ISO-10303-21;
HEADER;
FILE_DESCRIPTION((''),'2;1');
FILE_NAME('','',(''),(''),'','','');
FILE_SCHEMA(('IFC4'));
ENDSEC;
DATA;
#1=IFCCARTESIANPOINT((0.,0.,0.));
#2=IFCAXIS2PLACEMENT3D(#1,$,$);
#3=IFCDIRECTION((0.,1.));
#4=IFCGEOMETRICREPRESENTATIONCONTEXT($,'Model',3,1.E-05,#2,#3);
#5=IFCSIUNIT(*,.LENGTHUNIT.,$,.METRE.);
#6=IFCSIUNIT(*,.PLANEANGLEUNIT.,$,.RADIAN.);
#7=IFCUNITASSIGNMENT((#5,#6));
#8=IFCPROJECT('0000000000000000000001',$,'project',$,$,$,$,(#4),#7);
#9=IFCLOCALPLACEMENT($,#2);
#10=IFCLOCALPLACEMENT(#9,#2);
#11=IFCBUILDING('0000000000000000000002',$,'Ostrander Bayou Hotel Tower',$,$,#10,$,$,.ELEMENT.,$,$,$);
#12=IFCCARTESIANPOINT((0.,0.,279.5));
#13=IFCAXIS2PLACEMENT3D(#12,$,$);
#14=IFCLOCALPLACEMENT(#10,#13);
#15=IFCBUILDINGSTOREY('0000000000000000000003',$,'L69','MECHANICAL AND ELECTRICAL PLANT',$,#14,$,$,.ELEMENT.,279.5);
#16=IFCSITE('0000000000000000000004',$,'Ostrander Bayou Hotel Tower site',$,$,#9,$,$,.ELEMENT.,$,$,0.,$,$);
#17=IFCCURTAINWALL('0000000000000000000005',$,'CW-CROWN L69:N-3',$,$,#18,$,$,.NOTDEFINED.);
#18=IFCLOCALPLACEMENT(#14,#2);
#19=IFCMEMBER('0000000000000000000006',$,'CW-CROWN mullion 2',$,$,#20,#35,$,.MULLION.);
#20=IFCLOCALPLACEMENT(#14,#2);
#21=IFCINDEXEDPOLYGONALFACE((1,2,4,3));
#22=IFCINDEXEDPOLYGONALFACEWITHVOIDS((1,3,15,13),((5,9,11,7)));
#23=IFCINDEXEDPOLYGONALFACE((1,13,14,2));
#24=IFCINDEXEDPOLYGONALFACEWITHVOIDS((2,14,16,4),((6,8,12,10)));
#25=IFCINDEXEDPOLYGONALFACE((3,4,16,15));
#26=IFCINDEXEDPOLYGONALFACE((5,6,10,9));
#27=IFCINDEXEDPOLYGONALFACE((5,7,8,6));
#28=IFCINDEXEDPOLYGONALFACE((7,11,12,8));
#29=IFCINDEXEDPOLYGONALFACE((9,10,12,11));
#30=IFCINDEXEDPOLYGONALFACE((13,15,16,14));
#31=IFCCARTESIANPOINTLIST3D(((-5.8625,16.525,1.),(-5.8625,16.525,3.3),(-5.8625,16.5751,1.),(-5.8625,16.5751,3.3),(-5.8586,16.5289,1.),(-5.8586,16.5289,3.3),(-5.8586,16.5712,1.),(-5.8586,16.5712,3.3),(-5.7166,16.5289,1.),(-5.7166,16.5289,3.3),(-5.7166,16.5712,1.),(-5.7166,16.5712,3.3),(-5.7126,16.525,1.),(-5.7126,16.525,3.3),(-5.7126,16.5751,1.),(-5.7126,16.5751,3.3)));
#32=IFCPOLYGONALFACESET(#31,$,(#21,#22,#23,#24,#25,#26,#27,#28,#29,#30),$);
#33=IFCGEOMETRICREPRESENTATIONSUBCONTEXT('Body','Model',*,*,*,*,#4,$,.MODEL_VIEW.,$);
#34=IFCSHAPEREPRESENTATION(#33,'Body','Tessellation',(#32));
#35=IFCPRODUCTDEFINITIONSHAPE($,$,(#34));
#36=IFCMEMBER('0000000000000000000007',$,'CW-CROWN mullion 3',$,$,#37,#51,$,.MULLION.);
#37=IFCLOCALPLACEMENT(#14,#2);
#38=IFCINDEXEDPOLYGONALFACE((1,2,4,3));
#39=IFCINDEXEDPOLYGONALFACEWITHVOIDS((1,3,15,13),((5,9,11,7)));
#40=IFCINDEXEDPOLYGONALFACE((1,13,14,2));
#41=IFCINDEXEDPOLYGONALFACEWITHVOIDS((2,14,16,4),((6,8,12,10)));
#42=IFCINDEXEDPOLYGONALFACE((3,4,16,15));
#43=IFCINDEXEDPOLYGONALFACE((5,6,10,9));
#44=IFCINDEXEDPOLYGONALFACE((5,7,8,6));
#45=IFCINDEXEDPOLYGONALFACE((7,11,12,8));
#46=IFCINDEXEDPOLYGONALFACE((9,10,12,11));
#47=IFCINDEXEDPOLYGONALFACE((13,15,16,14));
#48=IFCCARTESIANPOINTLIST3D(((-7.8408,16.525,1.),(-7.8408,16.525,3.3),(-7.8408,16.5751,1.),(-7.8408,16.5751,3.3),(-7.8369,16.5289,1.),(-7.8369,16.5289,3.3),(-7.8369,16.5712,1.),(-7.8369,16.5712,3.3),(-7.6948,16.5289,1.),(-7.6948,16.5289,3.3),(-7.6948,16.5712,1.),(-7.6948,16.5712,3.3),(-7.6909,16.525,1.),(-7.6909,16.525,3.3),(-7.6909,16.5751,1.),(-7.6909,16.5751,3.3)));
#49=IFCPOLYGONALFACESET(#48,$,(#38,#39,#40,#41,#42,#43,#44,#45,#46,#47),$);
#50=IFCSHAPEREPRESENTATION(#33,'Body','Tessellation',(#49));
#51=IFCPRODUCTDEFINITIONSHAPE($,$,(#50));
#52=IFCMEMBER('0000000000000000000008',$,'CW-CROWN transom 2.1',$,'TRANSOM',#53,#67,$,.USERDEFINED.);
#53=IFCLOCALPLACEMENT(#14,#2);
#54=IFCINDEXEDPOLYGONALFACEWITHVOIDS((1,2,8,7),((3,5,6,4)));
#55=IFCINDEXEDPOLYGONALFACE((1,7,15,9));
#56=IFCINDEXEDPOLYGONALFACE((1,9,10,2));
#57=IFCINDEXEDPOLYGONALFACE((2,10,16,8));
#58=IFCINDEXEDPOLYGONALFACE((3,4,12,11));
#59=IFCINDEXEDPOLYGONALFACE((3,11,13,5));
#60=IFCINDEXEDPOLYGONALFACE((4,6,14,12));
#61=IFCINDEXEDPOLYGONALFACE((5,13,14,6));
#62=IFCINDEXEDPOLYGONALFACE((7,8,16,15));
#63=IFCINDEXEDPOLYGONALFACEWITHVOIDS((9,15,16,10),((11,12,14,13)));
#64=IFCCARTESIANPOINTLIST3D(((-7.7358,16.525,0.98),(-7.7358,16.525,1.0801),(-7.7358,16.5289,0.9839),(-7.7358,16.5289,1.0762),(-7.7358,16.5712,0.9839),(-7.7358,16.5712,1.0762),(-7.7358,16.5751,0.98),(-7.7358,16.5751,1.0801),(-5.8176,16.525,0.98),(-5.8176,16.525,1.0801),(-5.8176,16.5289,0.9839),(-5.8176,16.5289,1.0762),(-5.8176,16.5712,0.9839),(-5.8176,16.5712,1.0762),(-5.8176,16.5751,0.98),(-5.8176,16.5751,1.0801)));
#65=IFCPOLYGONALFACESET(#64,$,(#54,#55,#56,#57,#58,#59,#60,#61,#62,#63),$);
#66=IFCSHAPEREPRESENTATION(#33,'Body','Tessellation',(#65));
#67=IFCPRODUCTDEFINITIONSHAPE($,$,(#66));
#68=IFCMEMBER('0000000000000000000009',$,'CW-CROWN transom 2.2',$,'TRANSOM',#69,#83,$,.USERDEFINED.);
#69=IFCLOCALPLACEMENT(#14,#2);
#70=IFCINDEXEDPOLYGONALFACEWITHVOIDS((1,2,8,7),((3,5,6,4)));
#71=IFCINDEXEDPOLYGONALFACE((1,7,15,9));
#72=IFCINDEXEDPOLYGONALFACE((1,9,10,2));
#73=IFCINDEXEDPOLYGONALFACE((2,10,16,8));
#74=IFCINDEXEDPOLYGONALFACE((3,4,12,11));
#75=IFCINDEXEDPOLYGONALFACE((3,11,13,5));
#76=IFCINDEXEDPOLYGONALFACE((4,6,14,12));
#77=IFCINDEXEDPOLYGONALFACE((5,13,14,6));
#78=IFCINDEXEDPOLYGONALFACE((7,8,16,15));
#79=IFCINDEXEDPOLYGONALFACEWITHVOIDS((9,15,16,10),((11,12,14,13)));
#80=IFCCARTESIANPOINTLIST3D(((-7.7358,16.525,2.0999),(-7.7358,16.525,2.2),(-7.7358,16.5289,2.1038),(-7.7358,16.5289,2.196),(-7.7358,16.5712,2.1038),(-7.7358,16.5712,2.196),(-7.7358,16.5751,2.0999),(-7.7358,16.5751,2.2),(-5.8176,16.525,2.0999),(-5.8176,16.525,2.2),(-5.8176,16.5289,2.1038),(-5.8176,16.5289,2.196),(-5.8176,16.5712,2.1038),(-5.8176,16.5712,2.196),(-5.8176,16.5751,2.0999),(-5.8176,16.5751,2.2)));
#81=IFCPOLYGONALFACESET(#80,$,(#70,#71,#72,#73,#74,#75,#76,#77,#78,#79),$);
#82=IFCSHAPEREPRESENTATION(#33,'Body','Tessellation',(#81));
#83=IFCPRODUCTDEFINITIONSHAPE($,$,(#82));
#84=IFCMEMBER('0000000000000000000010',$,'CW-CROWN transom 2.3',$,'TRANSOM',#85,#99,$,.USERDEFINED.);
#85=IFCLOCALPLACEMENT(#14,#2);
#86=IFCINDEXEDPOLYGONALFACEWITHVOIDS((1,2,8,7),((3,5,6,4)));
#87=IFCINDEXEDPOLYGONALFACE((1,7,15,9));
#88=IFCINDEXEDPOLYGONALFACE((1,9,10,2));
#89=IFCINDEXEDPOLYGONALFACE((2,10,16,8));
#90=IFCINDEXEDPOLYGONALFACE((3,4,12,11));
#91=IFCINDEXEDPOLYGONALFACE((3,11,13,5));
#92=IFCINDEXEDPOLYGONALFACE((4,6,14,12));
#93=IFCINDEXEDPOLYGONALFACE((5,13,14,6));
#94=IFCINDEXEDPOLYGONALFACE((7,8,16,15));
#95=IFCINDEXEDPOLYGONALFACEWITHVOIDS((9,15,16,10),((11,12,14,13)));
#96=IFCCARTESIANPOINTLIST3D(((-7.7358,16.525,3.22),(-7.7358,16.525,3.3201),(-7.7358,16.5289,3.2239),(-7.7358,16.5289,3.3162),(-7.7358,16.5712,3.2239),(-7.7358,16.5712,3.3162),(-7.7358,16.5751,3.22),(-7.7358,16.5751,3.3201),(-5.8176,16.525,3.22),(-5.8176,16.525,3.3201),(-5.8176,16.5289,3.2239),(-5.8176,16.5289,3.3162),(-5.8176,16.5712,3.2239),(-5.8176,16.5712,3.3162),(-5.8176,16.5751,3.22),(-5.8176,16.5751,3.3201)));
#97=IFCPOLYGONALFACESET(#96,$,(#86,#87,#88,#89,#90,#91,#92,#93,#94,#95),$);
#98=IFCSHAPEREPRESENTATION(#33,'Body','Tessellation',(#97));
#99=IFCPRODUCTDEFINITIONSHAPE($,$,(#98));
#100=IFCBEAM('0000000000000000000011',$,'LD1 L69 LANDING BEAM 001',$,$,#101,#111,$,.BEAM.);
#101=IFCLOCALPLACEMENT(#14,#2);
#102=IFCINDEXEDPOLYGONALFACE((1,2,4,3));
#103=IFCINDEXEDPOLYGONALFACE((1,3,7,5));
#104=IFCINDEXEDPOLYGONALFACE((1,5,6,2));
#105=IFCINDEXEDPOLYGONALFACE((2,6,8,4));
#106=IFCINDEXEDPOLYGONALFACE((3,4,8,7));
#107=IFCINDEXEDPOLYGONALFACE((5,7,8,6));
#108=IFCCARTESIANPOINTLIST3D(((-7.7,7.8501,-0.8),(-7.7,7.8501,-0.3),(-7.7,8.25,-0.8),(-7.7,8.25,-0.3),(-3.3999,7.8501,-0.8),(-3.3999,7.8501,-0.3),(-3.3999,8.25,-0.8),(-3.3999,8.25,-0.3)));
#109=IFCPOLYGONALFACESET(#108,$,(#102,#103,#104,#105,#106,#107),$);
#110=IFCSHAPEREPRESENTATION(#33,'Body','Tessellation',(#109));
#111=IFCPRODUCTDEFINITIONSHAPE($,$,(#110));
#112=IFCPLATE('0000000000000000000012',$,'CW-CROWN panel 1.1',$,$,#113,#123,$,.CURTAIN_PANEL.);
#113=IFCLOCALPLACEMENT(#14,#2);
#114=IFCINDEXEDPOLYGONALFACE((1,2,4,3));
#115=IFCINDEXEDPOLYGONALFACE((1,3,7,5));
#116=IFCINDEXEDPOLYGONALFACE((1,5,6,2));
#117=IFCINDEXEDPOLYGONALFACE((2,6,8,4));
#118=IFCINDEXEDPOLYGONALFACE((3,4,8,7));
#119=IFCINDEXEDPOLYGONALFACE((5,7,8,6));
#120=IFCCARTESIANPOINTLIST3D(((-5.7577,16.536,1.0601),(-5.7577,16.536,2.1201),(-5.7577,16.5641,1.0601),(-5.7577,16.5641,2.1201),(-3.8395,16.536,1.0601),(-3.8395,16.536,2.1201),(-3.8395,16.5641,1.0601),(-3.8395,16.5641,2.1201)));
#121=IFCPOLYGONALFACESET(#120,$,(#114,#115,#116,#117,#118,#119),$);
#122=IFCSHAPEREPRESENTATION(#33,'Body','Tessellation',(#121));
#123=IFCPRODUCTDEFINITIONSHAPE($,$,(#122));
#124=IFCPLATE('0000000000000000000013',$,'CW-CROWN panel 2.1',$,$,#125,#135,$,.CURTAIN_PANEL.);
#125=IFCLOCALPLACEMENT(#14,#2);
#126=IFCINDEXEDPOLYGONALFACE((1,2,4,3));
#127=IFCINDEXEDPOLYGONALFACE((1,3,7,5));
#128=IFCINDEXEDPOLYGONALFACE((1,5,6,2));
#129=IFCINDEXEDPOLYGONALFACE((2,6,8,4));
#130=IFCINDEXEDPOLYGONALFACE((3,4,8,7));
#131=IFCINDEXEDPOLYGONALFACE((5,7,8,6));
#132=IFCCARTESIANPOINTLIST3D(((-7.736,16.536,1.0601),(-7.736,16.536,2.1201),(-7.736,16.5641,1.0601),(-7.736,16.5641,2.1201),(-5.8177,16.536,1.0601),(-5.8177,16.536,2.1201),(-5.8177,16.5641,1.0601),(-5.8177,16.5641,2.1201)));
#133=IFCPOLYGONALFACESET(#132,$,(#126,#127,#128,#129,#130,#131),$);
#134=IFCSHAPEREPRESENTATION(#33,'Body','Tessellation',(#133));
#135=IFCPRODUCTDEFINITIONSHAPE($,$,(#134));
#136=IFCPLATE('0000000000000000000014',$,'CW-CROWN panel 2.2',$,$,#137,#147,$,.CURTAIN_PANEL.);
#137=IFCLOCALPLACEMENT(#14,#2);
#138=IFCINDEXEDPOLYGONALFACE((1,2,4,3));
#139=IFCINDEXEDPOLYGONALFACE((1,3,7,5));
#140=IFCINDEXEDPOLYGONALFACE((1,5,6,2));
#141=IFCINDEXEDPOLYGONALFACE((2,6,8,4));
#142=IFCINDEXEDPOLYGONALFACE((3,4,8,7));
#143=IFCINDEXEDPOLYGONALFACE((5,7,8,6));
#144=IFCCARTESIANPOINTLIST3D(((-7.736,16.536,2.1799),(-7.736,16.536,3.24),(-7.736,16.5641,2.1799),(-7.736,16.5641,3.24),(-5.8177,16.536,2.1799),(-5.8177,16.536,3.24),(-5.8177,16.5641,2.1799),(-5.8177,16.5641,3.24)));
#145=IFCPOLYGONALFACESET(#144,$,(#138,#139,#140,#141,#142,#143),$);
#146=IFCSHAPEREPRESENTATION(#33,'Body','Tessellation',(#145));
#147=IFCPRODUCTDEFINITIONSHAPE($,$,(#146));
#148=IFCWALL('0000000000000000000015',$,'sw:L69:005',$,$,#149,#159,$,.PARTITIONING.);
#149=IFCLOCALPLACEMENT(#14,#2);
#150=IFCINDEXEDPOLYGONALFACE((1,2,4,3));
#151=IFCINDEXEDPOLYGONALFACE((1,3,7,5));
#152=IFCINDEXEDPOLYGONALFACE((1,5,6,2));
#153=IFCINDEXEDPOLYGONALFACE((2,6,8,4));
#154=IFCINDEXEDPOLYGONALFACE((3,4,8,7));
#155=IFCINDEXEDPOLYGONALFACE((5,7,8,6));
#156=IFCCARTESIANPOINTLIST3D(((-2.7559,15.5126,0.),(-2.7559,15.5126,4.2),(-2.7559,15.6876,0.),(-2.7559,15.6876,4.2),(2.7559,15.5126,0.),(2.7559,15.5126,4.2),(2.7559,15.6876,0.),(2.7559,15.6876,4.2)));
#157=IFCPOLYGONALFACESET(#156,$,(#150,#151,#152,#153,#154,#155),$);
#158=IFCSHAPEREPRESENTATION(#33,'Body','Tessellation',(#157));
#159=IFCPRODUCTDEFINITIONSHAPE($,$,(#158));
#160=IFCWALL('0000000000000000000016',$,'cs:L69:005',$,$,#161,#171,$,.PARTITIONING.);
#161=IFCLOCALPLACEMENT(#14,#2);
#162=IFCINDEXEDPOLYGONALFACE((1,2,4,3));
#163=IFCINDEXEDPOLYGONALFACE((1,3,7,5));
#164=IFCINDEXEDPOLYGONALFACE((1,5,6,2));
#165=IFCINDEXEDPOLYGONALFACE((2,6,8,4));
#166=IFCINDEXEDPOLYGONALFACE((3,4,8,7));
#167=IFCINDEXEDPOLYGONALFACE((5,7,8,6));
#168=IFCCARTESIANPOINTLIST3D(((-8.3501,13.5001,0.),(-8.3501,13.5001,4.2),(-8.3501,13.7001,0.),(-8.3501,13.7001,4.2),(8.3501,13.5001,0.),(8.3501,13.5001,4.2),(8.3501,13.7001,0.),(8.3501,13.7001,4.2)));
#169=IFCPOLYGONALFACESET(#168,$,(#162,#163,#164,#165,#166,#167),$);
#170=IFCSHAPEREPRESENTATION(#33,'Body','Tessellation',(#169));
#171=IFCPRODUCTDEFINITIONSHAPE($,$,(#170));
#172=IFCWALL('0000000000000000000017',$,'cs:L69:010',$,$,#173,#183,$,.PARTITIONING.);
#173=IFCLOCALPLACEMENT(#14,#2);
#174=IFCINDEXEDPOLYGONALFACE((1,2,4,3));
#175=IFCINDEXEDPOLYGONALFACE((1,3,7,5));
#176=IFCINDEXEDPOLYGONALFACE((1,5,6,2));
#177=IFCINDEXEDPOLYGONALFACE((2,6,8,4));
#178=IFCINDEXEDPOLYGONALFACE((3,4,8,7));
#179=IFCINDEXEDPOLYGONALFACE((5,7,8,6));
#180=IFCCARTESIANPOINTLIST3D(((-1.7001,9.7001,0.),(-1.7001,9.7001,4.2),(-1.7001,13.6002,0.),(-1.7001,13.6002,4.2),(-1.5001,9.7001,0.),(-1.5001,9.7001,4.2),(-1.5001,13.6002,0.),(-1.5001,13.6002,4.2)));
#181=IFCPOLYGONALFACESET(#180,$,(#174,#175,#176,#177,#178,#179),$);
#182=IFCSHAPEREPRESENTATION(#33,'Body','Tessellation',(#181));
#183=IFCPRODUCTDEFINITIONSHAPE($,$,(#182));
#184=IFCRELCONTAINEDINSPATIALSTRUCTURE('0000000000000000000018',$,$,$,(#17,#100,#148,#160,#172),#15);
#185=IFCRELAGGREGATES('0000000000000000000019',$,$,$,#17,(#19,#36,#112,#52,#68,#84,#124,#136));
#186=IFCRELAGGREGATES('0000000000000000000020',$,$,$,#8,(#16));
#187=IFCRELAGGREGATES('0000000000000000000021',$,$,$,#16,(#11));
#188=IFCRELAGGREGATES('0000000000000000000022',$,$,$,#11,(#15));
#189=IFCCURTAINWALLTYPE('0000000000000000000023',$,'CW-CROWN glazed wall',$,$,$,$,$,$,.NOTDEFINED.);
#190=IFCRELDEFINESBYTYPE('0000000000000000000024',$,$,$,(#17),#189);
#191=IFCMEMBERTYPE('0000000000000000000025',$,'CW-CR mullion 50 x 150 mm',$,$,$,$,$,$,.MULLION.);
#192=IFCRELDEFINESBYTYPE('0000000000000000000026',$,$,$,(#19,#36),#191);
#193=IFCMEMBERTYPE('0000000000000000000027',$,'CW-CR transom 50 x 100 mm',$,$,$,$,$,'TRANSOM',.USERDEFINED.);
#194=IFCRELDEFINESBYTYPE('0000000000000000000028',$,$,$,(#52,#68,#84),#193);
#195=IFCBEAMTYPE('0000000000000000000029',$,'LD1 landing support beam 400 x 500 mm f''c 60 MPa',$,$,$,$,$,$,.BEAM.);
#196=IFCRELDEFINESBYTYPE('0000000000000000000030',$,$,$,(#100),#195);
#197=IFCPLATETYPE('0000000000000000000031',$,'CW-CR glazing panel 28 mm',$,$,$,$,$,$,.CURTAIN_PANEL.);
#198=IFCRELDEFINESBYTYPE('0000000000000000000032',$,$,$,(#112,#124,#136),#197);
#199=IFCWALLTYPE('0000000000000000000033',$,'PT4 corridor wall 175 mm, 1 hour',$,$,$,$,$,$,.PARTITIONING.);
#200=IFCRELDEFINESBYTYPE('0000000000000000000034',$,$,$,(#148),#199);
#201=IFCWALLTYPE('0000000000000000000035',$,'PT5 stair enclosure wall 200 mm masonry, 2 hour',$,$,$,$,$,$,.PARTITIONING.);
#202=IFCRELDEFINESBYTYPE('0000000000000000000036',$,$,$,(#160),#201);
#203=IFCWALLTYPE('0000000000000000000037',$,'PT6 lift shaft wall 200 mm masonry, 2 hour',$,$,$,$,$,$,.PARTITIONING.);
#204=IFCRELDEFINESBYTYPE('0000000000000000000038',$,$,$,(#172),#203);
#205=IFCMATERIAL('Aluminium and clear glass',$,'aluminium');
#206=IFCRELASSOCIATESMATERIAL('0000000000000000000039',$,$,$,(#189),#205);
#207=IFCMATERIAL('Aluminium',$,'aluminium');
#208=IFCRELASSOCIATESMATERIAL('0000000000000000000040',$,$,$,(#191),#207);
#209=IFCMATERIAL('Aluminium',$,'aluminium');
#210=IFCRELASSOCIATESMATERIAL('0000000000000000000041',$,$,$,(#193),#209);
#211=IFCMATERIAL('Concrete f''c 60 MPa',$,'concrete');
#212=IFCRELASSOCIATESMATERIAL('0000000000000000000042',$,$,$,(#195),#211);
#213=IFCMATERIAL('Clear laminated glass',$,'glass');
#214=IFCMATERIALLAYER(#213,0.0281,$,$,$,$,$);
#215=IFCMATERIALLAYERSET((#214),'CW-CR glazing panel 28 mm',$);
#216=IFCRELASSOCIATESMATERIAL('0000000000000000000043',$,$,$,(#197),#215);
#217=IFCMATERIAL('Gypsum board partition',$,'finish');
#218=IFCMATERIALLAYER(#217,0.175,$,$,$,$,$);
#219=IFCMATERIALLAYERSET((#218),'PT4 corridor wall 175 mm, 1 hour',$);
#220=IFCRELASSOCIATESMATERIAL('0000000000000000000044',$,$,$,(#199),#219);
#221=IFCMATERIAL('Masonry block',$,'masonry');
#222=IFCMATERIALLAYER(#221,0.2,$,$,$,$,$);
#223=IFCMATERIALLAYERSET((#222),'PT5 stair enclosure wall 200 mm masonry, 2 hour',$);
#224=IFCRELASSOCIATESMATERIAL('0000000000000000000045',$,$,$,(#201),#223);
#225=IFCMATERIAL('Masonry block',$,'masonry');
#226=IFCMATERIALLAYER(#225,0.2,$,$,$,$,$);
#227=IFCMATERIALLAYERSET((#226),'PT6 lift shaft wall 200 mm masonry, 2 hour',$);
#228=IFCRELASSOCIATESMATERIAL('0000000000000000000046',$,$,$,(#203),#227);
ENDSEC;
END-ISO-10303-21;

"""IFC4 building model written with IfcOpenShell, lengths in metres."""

from ifc_helpers import new_model, si_unit, direction, frame, frame_2d, origin, origin_2d, place, context, subcontext, project, spatial, rectangle, hollow_rectangle, extrude, material, layer, layer_set, material_profile, profile_set, type_object, element, aggregate, save


model = new_model("IFC4")

# Units and contexts
model_context = context("Model", 3, precision=1e-05, world=origin(), true_north=direction((0.0, 1.0)))
body_context = subcontext(model_context, "Body", "Model", "MODEL_VIEW")
ifc_project = project(units=[si_unit("LENGTHUNIT", "METRE"), si_unit("PLANEANGLEUNIT", "RADIAN")], contexts=[model_context])

# Site, building, storey
site_placement = place(None, origin())
site = spatial("IfcSite", under=ifc_project, at=site_placement, Name="Ostrander Bayou Hotel Tower site", CompositionType="ELEMENT", RefElevation=0.0)
building_placement = place(site_placement, origin())
building = spatial("IfcBuilding", under=site, at=building_placement, Name="Ostrander Bayou Hotel Tower", CompositionType="ELEMENT")
storey_placement = place(building_placement, frame((0.0, 0.0, 279.5)))
storey = spatial("IfcBuildingStorey", under=building, at=storey_placement, Name="L69", Description="MECHANICAL AND ELECTRICAL PLANT", CompositionType="ELEMENT", Elevation=279.5)

# Curtain wall, members
ifc_material_1 = material(Name="Aluminium and clear glass", Category="aluminium")
curtain_wall_type = type_object("IfcCurtainWallType", Name="CW-CROWN glazed wall", PredefinedType="NOTDEFINED", material=ifc_material_1)
curtain_wall_placement = place(storey_placement, origin())
curtain_wall = element("IfcCurtainWall", 1, at=curtain_wall_placement, inside=storey, type_object=curtain_wall_type, Name="CW-CROWN L69:N-3", PredefinedType="NOTDEFINED")
ifc_material_2 = material(Name="Aluminium", Category="aluminium")
ifc_material_profile_1 = material_profile(ifc_material_2, hollow_rectangle(XDim=0.05, YDim=0.1499, WallThickness=0.0039, at=origin_2d()))
ifc_profile_set_1 = profile_set([ifc_material_profile_1], Name="Aluminium")
member_type_1 = type_object("IfcMemberType", Name="CW-CR mullion 50 x 150 mm", PredefinedType="MULLION", material=ifc_profile_set_1)
member_1_placement = place(storey_placement, frame((-5.7876, 16.55, 1.0), z_axis=(0.0, 0.0, 1.0), x_axis=(0.0, -1.0, 0.0)))
member_1 = element("IfcMember", 2, at=member_1_placement, type_object=member_type_1, Name="CW-CROWN mullion 2", PredefinedType="MULLION", context=body_context, shape_type="SweptSolid", body=[
    extrude(hollow_rectangle(XDim=0.05, YDim=0.1499, WallThickness=0.0039, at=origin_2d()), origin(), (0.0, 0.0, 1.0), 2.3),
])
member_2_placement = place(storey_placement, frame((-7.7659, 16.55, 1.0), z_axis=(0.0, 0.0, 1.0), x_axis=(0.0, -1.0, 0.0)))
member_2 = element("IfcMember", 3, at=member_2_placement, type_object=member_type_1, Name="CW-CROWN mullion 3", PredefinedType="MULLION", context=body_context, shape_type="SweptSolid", body=[
    extrude(hollow_rectangle(XDim=0.05, YDim=0.1499, WallThickness=0.0039, at=origin_2d()), origin(), (0.0, 0.0, 1.0), 2.3),
])
ifc_material_3 = material(Name="Aluminium", Category="aluminium")
ifc_material_profile_2 = material_profile(ifc_material_3, hollow_rectangle(XDim=0.05, YDim=0.1001, WallThickness=0.0039, at=origin_2d()))
ifc_profile_set_2 = profile_set([ifc_material_profile_2], Name="Aluminium")
member_type_2 = type_object("IfcMemberType", Name="CW-CR transom 50 x 100 mm", ElementType="TRANSOM", PredefinedType="USERDEFINED", material=ifc_profile_set_2)
member_3_placement = place(storey_placement, frame((-5.8176, 16.55, 1.03), z_axis=(-1.0, 0.0, 0.0), x_axis=(0.0, -1.0, 0.0)))
member_3 = element("IfcMember", 4, at=member_3_placement, type_object=member_type_2, Name="CW-CROWN transom 2.1", ObjectType="TRANSOM", PredefinedType="USERDEFINED", context=body_context, shape_type="SweptSolid", body=[
    extrude(hollow_rectangle(XDim=0.05, YDim=0.1001, WallThickness=0.0039, at=origin_2d()), origin(), (0.0, 0.0, 1.0), 1.9182),
])
member_4_placement = place(storey_placement, frame((-5.8176, 16.55, 2.1499), z_axis=(-1.0, 0.0, 0.0), x_axis=(0.0, -1.0, 0.0)))
member_4 = element("IfcMember", 5, at=member_4_placement, type_object=member_type_2, Name="CW-CROWN transom 2.2", ObjectType="TRANSOM", PredefinedType="USERDEFINED", context=body_context, shape_type="SweptSolid", body=[
    extrude(hollow_rectangle(XDim=0.05, YDim=0.1001, WallThickness=0.0039, at=origin_2d()), origin(), (0.0, 0.0, 1.0), 1.9182),
])
member_5_placement = place(storey_placement, frame((-5.8176, 16.55, 3.27), z_axis=(-1.0, 0.0, 0.0), x_axis=(0.0, -1.0, 0.0)))
member_5 = element("IfcMember", 6, at=member_5_placement, type_object=member_type_2, Name="CW-CROWN transom 2.3", ObjectType="TRANSOM", PredefinedType="USERDEFINED", context=body_context, shape_type="SweptSolid", body=[
    extrude(hollow_rectangle(XDim=0.05, YDim=0.1001, WallThickness=0.0039, at=origin_2d()), origin(), (0.0, 0.0, 1.0), 1.9182),
])

# Beam
ifc_material_4 = material(Name="Concrete f'c 60 MPa", Category="concrete")
ifc_material_profile_3 = material_profile(ifc_material_4, rectangle(XDim=0.3999, YDim=0.5, at=origin_2d()))
ifc_profile_set_3 = profile_set([ifc_material_profile_3], Name="Concrete f'c 60 MPa")
beam_type = type_object("IfcBeamType", Name="LD1 landing support beam 400 x 500 mm f'c 60 MPa", PredefinedType="BEAM", material=ifc_profile_set_3)
beam_placement = place(storey_placement, frame((-7.7, 8.05, -0.55), z_axis=(1.0, 0.0, 0.0), x_axis=(0.0, 1.0, 0.0)))
element("IfcBeam", 7, at=beam_placement, inside=storey, type_object=beam_type, Name="LD1 L69 LANDING BEAM 001", PredefinedType="BEAM", context=body_context, shape_type="SweptSolid", body=[
    extrude(rectangle(XDim=0.3999, YDim=0.5, at=origin_2d()), origin(), (0.0, 0.0, 1.0), 4.3),
])

# Plates
ifc_material_5 = material(Name="Clear laminated glass", Category="glass")
ifc_layer_1 = layer(ifc_material_5, 0.0281)
ifc_layer_set_1 = layer_set([ifc_layer_1], Name="CW-CR glazing panel 28 mm")
plate_type = type_object("IfcPlateType", Name="CW-CR glazing panel 28 mm", PredefinedType="CURTAIN_PANEL", material=ifc_layer_set_1)
plate_1_placement = place(storey_placement, frame((-4.7986, 16.55, 1.0601), z_axis=(0.0, 0.0, 1.0), x_axis=(-1.0, 0.0, 0.0)))
plate_1 = element("IfcPlate", 8, at=plate_1_placement, type_object=plate_type, Name="CW-CROWN panel 1.1", PredefinedType="CURTAIN_PANEL", context=body_context, shape_type="SweptSolid", body=[
    extrude(rectangle(XDim=1.9182, YDim=0.0281, at=origin_2d()), origin(), (0.0, 0.0, 1.0), 1.0601),
])
plate_2_placement = place(storey_placement, frame((-6.7769, 16.55, 1.0601), z_axis=(0.0, 0.0, 1.0), x_axis=(-1.0, 0.0, 0.0)))
plate_2 = element("IfcPlate", 9, at=plate_2_placement, type_object=plate_type, Name="CW-CROWN panel 2.1", PredefinedType="CURTAIN_PANEL", context=body_context, shape_type="SweptSolid", body=[
    extrude(rectangle(XDim=1.9182, YDim=0.0281, at=origin_2d()), origin(), (0.0, 0.0, 1.0), 1.0601),
])
plate_3_placement = place(storey_placement, frame((-6.7769, 16.55, 2.1799), z_axis=(0.0, 0.0, 1.0), x_axis=(-1.0, 0.0, 0.0)))
plate_3 = element("IfcPlate", 10, at=plate_3_placement, type_object=plate_type, Name="CW-CROWN panel 2.2", PredefinedType="CURTAIN_PANEL", context=body_context, shape_type="SweptSolid", body=[
    extrude(rectangle(XDim=1.9182, YDim=0.0281, at=origin_2d()), origin(), (0.0, 0.0, 1.0), 1.0601),
])
aggregate(curtain_wall, [member_1, member_2, plate_1, member_3, member_4, member_5, plate_2, plate_3])

# Walls
ifc_material_6 = material(Name="Gypsum board partition", Category="finish")
ifc_layer_2 = layer(ifc_material_6, 0.175)
ifc_layer_set_2 = layer_set([ifc_layer_2], Name="PT4 corridor wall 175 mm, 1 hour")
wall_type_1 = type_object("IfcWallType", Name="PT4 corridor wall 175 mm, 1 hour", PredefinedType="PARTITIONING", material=ifc_layer_set_2)
wall_1_placement = place(storey_placement, frame((-2.7559, 15.6001, 0.0), z_axis=(0.0, 0.0, 1.0), x_axis=(1.0, 0.0, 0.0)))
element("IfcWall", 11, at=wall_1_placement, inside=storey, type_object=wall_type_1, Name="sw:L69:005", PredefinedType="PARTITIONING", context=body_context, shape_type="SweptSolid", body=[
    extrude(rectangle(XDim=5.5117, YDim=0.175, at=frame_2d((2.7559, 0.0))), origin(), (0.0, 0.0, 1.0), 4.2),
])
ifc_material_7 = material(Name="Masonry block", Category="masonry")
ifc_layer_3 = layer(ifc_material_7, 0.2)
ifc_layer_set_3 = layer_set([ifc_layer_3], Name="PT5 stair enclosure wall 200 mm masonry, 2 hour")
wall_type_2 = type_object("IfcWallType", Name="PT5 stair enclosure wall 200 mm masonry, 2 hour", PredefinedType="PARTITIONING", material=ifc_layer_set_3)
wall_2_placement = place(storey_placement, frame((-8.3501, 13.6001, 0.0), z_axis=(0.0, 0.0, 1.0), x_axis=(1.0, 0.0, 0.0)))
element("IfcWall", 12, at=wall_2_placement, inside=storey, type_object=wall_type_2, Name="cs:L69:005", PredefinedType="PARTITIONING", context=body_context, shape_type="SweptSolid", body=[
    extrude(rectangle(XDim=16.7002, YDim=0.2, at=frame_2d((8.3501, 0.0))), origin(), (0.0, 0.0, 1.0), 4.2),
])

# Wall
ifc_material_8 = material(Name="Masonry block", Category="masonry")
ifc_layer_4 = layer(ifc_material_8, 0.2)
ifc_layer_set_4 = layer_set([ifc_layer_4], Name="PT6 lift shaft wall 200 mm masonry, 2 hour")
wall_type_3 = type_object("IfcWallType", Name="PT6 lift shaft wall 200 mm masonry, 2 hour", PredefinedType="PARTITIONING", material=ifc_layer_set_4)
wall_3_placement = place(storey_placement, frame((-1.6001, 9.7, 0.0), z_axis=(0.0, 0.0, 1.0), x_axis=(0.0, 1.0, 0.0)))
element("IfcWall", 13, at=wall_3_placement, inside=storey, type_object=wall_type_3, Name="cs:L69:010", PredefinedType="PARTITIONING", context=body_context, shape_type="SweptSolid", body=[
    extrude(rectangle(XDim=3.9001, YDim=0.2, at=frame_2d((1.9502, 0.0))), origin(), (0.0, 0.0, 1.0), 4.2),
])

save(model, "model.ifc")
